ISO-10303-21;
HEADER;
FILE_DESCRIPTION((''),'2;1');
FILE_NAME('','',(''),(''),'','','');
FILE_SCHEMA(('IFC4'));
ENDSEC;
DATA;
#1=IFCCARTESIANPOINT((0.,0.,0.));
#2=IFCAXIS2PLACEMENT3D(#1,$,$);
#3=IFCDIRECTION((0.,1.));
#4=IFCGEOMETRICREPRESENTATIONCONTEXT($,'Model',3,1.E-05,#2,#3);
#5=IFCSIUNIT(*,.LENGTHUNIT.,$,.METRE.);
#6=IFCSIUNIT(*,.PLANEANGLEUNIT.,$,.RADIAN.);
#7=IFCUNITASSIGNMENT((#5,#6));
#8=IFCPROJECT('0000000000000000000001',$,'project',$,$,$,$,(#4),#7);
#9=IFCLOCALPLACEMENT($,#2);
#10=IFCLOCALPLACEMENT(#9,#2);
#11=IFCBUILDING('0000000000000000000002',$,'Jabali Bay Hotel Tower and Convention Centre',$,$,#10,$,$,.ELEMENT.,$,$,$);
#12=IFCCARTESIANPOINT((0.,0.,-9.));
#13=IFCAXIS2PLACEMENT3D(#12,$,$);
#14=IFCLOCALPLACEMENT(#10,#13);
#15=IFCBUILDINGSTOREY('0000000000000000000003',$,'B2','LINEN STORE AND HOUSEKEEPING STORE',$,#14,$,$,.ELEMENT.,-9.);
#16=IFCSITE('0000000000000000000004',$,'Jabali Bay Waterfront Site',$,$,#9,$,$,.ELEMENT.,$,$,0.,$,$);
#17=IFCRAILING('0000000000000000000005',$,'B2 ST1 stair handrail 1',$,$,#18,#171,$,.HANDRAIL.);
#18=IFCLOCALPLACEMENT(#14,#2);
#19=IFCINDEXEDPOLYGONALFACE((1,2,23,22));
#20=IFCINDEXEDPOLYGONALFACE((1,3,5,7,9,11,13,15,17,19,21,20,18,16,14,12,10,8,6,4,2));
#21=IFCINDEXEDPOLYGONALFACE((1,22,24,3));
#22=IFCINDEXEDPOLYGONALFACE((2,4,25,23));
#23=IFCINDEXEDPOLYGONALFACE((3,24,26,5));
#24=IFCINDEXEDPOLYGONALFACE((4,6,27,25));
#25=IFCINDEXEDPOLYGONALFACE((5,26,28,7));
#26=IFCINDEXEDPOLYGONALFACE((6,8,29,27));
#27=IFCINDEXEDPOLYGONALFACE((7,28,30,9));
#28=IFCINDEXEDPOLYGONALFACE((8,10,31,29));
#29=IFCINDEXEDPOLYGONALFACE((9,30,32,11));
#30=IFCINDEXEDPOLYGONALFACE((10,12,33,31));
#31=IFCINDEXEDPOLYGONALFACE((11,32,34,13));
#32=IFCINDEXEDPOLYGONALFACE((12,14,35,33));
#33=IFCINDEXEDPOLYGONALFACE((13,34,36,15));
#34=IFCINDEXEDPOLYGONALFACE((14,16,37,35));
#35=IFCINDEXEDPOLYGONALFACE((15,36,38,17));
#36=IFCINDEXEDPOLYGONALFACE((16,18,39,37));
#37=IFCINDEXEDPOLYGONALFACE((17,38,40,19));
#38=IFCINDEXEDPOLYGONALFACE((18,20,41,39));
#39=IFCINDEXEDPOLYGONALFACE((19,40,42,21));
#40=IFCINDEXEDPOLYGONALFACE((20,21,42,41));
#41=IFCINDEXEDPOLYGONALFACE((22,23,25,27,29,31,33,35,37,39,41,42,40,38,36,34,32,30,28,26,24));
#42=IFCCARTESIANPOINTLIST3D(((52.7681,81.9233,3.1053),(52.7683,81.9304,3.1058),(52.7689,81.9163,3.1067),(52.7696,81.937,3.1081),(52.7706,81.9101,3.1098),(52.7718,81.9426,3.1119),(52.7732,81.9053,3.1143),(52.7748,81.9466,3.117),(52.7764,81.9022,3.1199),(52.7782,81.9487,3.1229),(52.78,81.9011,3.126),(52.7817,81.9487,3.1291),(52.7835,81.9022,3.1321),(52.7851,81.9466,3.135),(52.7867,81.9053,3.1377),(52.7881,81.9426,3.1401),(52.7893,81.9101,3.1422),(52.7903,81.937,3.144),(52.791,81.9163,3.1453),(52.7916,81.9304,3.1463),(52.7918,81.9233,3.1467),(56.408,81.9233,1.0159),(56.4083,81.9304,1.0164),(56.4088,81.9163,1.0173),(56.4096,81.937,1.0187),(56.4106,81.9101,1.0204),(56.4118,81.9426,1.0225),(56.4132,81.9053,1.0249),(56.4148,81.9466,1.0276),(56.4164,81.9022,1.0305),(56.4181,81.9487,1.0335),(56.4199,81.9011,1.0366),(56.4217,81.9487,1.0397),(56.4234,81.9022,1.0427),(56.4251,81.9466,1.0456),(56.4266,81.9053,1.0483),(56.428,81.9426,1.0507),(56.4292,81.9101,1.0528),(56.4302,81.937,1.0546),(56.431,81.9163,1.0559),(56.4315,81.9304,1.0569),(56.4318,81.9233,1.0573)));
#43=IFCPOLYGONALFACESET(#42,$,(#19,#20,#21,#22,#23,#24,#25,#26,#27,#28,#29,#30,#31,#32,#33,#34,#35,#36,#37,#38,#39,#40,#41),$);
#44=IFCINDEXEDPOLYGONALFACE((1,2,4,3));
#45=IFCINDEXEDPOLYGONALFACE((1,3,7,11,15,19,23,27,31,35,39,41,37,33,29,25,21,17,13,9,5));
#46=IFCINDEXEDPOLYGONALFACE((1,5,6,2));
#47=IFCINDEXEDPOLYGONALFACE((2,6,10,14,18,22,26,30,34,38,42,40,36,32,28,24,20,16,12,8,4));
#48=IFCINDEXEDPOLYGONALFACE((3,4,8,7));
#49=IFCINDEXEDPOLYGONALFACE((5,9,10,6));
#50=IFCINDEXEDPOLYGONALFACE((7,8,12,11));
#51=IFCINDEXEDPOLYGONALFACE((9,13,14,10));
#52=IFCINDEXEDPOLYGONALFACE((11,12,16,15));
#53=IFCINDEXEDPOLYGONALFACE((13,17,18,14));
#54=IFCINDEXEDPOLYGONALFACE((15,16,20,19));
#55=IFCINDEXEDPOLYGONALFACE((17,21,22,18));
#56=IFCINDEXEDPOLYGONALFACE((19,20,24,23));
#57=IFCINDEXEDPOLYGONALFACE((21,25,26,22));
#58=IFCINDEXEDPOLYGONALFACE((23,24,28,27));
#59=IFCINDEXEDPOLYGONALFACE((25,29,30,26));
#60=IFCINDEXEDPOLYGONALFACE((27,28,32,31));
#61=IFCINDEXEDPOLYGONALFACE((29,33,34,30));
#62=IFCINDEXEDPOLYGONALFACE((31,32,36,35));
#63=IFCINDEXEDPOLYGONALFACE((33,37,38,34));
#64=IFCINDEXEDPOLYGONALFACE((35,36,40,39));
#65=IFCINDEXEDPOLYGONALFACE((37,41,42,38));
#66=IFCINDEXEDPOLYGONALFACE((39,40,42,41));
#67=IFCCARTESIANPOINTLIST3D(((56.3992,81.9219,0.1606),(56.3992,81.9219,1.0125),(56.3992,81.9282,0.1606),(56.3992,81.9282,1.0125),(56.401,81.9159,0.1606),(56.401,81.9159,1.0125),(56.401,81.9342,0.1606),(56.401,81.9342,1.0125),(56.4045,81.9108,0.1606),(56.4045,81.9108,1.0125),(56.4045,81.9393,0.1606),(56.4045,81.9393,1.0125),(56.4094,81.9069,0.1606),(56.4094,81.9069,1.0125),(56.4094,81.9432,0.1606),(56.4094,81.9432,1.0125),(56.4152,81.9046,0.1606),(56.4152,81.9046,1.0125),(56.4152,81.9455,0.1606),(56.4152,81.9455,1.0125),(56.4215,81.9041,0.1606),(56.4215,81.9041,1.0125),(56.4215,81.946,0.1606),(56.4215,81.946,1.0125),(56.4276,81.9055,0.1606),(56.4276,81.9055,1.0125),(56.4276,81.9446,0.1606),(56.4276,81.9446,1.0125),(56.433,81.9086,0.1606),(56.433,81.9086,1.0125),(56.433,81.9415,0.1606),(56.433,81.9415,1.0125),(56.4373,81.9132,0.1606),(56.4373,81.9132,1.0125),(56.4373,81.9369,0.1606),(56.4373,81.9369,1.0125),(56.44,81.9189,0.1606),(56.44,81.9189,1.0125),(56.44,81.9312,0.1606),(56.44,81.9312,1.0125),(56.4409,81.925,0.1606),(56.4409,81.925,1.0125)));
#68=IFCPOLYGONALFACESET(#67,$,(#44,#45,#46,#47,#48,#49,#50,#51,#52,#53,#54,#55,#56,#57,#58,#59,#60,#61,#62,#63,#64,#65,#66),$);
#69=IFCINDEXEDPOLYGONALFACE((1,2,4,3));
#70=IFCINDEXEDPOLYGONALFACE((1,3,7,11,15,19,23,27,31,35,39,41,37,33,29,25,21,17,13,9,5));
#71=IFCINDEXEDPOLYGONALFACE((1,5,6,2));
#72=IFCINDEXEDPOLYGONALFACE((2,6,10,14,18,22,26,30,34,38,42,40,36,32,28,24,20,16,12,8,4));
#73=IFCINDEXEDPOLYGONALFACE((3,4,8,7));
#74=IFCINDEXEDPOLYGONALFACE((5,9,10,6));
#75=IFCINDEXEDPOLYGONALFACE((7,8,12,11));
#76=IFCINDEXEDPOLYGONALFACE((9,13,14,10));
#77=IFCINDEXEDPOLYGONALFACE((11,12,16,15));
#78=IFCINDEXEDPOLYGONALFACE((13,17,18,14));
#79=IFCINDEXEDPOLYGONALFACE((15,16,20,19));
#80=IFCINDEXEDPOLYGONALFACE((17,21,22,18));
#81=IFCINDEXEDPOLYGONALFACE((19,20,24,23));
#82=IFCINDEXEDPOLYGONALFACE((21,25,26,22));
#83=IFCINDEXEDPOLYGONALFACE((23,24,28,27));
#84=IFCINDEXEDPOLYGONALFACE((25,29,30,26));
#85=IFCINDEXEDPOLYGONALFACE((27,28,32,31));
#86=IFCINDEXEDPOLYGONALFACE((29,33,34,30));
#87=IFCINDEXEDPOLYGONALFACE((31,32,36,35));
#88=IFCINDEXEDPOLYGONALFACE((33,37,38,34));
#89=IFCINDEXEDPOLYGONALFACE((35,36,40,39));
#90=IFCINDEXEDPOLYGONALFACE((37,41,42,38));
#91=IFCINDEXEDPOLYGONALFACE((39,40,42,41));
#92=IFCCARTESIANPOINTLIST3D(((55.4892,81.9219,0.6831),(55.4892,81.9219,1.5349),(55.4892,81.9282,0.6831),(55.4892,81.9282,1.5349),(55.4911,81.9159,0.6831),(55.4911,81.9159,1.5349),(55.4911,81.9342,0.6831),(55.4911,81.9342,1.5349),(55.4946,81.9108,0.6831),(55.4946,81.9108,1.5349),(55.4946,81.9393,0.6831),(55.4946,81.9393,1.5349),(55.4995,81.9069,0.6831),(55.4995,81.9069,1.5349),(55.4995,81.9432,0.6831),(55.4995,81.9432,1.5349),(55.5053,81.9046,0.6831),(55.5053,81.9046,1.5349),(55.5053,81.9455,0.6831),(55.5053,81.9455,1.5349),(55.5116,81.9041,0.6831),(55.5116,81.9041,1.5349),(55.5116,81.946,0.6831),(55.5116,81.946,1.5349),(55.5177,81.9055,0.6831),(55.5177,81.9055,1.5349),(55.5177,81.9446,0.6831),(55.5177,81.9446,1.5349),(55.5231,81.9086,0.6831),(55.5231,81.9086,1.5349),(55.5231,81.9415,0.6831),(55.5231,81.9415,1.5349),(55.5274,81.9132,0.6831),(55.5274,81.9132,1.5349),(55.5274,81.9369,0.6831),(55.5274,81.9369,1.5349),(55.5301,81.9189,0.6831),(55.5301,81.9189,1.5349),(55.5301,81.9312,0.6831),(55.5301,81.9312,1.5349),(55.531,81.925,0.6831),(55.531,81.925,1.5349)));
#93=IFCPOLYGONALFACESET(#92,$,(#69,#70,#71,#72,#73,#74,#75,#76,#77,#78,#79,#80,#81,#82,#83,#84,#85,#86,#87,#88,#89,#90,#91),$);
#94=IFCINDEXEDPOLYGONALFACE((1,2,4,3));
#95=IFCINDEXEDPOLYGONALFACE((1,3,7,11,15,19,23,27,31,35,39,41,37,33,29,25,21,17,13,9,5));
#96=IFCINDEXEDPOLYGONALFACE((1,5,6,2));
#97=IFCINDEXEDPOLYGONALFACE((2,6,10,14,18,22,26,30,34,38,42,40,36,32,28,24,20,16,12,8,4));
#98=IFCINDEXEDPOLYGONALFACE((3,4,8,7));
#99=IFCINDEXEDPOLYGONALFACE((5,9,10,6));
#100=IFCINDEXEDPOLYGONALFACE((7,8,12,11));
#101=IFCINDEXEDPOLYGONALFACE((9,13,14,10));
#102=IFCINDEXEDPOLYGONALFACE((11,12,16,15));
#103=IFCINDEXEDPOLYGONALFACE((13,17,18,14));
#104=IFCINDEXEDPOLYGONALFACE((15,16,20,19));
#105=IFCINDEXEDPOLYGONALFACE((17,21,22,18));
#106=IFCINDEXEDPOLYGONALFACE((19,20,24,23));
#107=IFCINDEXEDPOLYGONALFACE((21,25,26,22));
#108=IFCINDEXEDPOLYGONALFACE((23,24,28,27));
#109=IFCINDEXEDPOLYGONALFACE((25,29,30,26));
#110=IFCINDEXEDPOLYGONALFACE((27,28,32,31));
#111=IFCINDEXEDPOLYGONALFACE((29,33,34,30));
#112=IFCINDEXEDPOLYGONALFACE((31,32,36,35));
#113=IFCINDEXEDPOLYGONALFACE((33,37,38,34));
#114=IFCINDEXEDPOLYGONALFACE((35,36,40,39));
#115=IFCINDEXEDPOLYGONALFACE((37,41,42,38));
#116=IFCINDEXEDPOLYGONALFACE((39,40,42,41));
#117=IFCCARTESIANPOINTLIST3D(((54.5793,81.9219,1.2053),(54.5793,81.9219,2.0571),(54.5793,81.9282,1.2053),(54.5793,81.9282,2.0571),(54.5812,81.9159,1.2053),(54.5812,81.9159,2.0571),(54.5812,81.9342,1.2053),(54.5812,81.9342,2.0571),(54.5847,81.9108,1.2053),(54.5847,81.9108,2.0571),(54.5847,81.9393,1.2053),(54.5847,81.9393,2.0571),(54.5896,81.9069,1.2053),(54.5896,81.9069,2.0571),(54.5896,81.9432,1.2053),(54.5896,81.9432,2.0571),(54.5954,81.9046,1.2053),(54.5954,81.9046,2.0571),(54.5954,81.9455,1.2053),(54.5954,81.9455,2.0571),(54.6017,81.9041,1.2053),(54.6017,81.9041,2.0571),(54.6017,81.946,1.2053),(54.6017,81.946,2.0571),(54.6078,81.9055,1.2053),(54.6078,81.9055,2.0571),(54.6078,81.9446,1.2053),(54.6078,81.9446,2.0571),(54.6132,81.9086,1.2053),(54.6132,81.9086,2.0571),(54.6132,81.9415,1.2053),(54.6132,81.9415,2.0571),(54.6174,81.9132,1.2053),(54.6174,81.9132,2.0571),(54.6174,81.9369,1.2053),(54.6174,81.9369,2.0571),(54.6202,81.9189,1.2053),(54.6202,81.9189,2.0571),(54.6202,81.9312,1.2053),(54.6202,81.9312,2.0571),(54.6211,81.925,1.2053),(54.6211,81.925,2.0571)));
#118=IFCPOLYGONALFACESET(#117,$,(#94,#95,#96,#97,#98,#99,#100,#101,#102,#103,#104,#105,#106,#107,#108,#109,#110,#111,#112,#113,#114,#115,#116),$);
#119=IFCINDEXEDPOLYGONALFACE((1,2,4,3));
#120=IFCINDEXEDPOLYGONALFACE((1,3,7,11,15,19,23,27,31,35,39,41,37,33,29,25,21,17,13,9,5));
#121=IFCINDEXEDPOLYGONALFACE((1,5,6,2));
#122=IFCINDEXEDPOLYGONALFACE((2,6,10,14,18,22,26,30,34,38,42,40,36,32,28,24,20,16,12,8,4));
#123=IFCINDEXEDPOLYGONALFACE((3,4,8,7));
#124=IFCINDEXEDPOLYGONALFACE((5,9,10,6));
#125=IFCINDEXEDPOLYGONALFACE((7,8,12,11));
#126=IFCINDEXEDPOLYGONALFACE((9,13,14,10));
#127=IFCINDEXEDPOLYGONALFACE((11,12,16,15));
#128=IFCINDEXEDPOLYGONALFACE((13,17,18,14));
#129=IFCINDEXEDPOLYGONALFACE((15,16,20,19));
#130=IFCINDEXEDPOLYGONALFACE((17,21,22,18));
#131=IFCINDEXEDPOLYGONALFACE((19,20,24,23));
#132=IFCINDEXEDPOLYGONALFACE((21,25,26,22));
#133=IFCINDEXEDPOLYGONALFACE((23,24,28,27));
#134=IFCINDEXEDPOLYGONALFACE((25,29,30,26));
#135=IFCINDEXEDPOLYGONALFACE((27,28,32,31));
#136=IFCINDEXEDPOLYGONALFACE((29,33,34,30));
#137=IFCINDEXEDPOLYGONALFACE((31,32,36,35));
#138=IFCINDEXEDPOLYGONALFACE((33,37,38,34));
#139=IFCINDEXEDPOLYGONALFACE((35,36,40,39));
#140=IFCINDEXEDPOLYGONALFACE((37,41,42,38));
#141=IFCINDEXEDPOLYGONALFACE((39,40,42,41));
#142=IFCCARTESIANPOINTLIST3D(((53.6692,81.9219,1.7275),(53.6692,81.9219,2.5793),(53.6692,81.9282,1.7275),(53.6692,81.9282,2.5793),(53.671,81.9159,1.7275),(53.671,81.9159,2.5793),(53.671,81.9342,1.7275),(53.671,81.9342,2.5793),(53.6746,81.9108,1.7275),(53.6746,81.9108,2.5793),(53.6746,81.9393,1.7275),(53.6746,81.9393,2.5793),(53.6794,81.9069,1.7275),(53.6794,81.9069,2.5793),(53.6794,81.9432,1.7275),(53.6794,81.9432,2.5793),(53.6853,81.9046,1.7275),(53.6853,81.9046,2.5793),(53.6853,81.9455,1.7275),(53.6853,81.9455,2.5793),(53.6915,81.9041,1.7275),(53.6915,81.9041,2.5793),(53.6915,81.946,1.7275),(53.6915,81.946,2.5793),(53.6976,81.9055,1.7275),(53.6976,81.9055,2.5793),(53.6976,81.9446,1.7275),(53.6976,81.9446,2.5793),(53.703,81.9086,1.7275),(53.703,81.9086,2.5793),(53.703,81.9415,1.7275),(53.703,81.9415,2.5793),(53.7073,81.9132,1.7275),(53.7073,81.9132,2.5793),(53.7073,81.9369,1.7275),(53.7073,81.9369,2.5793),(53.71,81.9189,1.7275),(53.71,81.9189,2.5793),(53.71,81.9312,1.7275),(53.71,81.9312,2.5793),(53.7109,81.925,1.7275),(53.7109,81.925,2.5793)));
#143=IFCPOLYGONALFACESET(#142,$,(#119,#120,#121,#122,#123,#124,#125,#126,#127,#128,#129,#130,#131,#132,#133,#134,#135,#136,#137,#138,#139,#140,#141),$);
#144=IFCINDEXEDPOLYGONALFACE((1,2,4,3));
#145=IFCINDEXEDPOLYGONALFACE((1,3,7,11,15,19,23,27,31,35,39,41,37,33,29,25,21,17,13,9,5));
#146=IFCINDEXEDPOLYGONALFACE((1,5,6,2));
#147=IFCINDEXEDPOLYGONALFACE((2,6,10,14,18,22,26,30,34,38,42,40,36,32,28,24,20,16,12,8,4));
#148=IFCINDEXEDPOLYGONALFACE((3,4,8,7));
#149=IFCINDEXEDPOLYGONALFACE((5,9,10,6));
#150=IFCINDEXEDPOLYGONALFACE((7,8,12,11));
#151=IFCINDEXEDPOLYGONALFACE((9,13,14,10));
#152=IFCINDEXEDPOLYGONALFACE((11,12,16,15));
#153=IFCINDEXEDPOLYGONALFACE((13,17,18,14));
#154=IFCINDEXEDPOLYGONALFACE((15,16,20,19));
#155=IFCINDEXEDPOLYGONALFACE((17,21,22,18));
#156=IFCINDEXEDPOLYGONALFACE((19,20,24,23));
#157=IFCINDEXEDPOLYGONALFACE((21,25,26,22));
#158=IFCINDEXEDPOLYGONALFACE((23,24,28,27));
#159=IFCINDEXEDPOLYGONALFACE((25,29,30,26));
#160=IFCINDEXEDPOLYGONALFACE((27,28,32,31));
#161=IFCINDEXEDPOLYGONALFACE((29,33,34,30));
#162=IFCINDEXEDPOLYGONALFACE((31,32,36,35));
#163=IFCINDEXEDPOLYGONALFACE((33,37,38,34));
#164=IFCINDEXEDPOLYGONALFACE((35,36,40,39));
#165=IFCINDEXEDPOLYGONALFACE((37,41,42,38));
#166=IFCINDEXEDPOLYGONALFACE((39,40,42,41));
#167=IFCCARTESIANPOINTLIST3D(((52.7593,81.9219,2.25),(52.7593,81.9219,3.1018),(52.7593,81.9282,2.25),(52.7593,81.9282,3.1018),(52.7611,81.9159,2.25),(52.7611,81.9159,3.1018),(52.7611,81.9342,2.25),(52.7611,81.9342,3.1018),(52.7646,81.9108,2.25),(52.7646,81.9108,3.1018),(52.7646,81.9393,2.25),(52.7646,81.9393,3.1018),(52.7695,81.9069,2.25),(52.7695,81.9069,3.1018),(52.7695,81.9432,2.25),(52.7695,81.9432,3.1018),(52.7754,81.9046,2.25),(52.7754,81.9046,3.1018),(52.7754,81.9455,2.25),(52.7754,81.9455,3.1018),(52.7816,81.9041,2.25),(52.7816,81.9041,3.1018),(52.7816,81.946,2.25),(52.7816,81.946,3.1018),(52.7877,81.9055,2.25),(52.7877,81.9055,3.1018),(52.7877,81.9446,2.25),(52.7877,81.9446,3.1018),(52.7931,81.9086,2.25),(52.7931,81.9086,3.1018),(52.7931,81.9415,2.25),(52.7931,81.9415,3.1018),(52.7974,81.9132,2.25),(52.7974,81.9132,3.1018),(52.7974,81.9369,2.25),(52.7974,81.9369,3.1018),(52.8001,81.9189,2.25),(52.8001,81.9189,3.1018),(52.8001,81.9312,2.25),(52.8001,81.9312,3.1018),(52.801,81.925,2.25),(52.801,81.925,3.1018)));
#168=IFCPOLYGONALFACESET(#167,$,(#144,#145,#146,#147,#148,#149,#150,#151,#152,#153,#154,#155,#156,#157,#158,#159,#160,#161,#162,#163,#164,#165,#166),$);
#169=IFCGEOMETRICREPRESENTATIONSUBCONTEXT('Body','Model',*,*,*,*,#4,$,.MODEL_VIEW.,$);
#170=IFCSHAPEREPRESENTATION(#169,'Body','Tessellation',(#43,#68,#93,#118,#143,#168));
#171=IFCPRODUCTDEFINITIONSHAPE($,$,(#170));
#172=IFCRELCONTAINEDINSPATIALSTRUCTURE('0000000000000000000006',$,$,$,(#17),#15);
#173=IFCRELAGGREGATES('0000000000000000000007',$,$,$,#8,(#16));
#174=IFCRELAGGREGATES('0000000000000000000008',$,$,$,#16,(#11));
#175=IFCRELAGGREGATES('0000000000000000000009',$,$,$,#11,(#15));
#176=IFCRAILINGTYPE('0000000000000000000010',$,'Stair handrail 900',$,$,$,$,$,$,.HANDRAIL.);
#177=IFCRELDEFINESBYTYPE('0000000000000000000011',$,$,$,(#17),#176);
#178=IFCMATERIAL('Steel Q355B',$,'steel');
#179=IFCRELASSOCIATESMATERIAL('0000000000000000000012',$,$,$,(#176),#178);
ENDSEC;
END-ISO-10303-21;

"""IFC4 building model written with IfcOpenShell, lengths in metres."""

from ifc_helpers import new_model, si_unit, direction, frame, origin, origin_2d, place, context, subcontext, project, spatial, circle, extrude, material, type_object, element, save


model = new_model("IFC4")

# Units and contexts
model_context = context("Model", 3, precision=1e-05, world=origin(), true_north=direction((0.0, 1.0)))
body_context = subcontext(model_context, "Body", "Model", "MODEL_VIEW")
ifc_project = project(units=[si_unit("LENGTHUNIT", "METRE"), si_unit("PLANEANGLEUNIT", "RADIAN")], contexts=[model_context])

# Site, building, storey
site_placement = place(None, origin())
site = spatial("IfcSite", under=ifc_project, at=site_placement, Name="Jabali Bay Waterfront Site", CompositionType="ELEMENT", RefElevation=0.0)
building_placement = place(site_placement, origin())
building = spatial("IfcBuilding", under=site, at=building_placement, Name="Jabali Bay Hotel Tower and Convention Centre", CompositionType="ELEMENT")
storey_placement = place(building_placement, frame((0.0, 0.0, -9.0)))
storey = spatial("IfcBuildingStorey", under=building, at=storey_placement, Name="B2", Description="LINEN STORE AND HOUSEKEEPING STORE", CompositionType="ELEMENT", Elevation=-9.0)

# Railing
ifc_material_1 = material(Name="Steel Q355B", Category="steel")
railing_type_1 = type_object("IfcRailingType", Name="Stair handrail 900", PredefinedType="HANDRAIL", material=ifc_material_1)
railing_1_placement = place(storey_placement, frame((56.4199, 81.925, 0.1606)))
element("IfcRailing", 1, at=railing_1_placement, inside=storey, type_object=railing_type_1, Name="B2 ST1 stair handrail 1", PredefinedType="HANDRAIL", context=body_context, shape_type="SweptSolid", body=[
    extrude(circle(Radius=0.0239, at=origin_2d()), frame((0.0, 0.0, 0.876), z_axis=(-0.867275, 0.0, 0.497829), x_axis=(0.0, -1.0, 0.0)), (0.0, 0.0, 1.0), 4.197),
    extrude(circle(Radius=0.021, at=origin_2d()), origin(), (0.0, 0.0, 1.0), 0.8518),
    extrude(circle(Radius=0.021, at=origin_2d()), frame((-0.9099, 0.0, 0.5225)), (0.0, 0.0, 1.0), 0.8518),
    extrude(circle(Radius=0.021, at=origin_2d()), frame((-1.8198, 0.0, 1.0447)), (0.0, 0.0, 1.0), 0.8518),
    extrude(circle(Radius=0.021, at=origin_2d()), frame((-2.73, 0.0, 1.5669)), (0.0, 0.0, 1.0), 0.8518),
    extrude(circle(Radius=0.021, at=origin_2d()), frame((-3.6399, 0.0, 2.0894)), (0.0, 0.0, 1.0), 0.8518),
])

save(model, "model.ifc")
